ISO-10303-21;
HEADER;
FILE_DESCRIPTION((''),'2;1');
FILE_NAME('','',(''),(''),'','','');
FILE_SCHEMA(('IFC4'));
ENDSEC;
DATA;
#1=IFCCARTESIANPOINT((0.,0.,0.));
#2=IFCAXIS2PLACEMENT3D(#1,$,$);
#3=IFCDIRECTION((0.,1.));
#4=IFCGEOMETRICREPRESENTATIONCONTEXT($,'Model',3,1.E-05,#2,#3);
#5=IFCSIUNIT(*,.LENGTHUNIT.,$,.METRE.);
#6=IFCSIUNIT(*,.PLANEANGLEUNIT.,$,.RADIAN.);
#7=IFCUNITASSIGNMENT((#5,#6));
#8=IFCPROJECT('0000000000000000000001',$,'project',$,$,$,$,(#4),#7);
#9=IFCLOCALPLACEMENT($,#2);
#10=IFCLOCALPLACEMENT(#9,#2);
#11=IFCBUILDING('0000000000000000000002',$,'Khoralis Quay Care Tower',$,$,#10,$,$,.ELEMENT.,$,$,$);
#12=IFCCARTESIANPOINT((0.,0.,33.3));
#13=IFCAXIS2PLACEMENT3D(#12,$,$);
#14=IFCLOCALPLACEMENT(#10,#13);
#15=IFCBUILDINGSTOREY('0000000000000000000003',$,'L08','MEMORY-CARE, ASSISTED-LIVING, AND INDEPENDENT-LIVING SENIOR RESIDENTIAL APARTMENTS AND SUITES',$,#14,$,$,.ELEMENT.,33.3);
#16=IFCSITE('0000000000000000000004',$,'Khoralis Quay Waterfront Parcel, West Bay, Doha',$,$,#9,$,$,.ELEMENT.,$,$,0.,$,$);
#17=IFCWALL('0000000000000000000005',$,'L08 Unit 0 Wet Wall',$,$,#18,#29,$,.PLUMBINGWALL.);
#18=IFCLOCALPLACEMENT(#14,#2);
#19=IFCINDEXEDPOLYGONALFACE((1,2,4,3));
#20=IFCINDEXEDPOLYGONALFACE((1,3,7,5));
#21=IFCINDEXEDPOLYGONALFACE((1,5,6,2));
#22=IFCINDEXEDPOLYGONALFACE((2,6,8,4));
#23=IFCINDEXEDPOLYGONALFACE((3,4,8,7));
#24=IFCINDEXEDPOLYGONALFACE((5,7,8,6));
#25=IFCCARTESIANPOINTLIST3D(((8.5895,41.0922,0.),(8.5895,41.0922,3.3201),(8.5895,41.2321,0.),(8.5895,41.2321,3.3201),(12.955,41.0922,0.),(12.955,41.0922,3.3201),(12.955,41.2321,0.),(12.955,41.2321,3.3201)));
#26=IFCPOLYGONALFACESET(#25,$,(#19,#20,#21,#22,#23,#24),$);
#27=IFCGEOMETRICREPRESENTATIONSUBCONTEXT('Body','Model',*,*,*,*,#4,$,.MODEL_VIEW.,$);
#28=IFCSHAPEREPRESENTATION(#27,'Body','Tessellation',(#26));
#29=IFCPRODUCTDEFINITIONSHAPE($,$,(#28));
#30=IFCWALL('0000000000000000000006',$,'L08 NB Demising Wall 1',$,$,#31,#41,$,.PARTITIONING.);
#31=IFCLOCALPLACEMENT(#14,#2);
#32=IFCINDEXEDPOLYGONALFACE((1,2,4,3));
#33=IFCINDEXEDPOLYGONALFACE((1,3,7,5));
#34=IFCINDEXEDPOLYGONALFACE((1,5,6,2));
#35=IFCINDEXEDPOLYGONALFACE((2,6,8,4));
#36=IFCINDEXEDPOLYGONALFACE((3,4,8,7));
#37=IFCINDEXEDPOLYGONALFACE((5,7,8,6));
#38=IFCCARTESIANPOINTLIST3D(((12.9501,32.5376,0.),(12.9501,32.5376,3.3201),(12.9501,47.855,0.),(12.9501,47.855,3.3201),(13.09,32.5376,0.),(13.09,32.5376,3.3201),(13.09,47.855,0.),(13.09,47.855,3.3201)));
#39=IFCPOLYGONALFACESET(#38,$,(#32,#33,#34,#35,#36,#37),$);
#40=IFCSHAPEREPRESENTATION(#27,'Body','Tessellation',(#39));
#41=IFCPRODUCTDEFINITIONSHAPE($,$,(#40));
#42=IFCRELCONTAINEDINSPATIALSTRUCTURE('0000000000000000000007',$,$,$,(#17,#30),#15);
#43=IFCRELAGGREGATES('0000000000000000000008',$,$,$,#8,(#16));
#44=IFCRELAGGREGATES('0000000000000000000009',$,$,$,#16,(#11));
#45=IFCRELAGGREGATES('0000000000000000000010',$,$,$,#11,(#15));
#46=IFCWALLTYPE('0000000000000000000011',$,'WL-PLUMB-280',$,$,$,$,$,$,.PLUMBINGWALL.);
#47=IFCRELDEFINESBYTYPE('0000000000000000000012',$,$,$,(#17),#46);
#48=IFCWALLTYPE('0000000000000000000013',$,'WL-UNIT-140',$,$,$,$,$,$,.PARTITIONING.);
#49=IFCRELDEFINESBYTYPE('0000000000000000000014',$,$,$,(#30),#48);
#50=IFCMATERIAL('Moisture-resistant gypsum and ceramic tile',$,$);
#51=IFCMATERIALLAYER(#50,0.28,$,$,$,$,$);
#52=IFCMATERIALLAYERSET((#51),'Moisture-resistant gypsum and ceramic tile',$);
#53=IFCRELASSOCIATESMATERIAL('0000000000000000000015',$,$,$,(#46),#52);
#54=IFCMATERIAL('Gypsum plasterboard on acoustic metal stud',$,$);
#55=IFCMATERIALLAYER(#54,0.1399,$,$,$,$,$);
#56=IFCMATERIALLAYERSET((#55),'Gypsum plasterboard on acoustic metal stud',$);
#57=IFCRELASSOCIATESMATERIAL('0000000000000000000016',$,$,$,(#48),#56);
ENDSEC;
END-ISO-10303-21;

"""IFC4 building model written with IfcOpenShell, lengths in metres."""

from ifc_helpers import new_model, si_unit, direction, frame, frame_2d, origin, place, context, subcontext, project, spatial, rectangle, extrude, material, layer, layer_set, type_object, element, save


model = new_model("IFC4")

# Units and contexts
model_context = context("Model", 3, precision=1e-05, world=origin(), true_north=direction((0.0, 1.0)))
body_context = subcontext(model_context, "Body", "Model", "MODEL_VIEW")
ifc_project = project(units=[si_unit("LENGTHUNIT", "METRE"), si_unit("PLANEANGLEUNIT", "RADIAN")], contexts=[model_context])

# Site, building, storey
site_placement = place(None, origin())
site = spatial("IfcSite", under=ifc_project, at=site_placement, Name="Khoralis Quay Waterfront Parcel, West Bay, Doha", CompositionType="ELEMENT", RefElevation=0.0)
building_placement = place(site_placement, origin())
building = spatial("IfcBuilding", under=site, at=building_placement, Name="Khoralis Quay Care Tower", CompositionType="ELEMENT")
storey_placement = place(building_placement, frame((0.0, 0.0, 33.3)))
storey = spatial("IfcBuildingStorey", under=building, at=storey_placement, Name="L08", Description="MEMORY-CARE, ASSISTED-LIVING, AND INDEPENDENT-LIVING SENIOR RESIDENTIAL APARTMENTS AND SUITES", CompositionType="ELEMENT", Elevation=33.3)

# Shared definitions
ifc_material_1 = material(Name="Gypsum plasterboard on acoustic metal stud")

# Walls
ifc_material_2 = material(Name="Moisture-resistant gypsum and ceramic tile")
ifc_layer_1 = layer(ifc_material_2, 0.28)
ifc_layer_set_1 = layer_set([ifc_layer_1], Name="Moisture-resistant gypsum and ceramic tile")
wall_type_1 = type_object("IfcWallType", Name="WL-PLUMB-280", PredefinedType="PLUMBINGWALL", material=ifc_layer_set_1)
wall_1_placement = place(storey_placement, frame((8.5896, 41.1621, 0.0), z_axis=(0.0, 0.0, 1.0), x_axis=(1.0, 0.0, 0.0)))
element("IfcWall", 1, at=wall_1_placement, inside=storey, type_object=wall_type_1, Name="L08 Unit 0 Wet Wall", PredefinedType="PLUMBINGWALL", context=body_context, shape_type="SweptSolid", body=[
    extrude(rectangle(XDim=4.3655, YDim=0.1399, at=frame_2d((2.1826, 0.0))), origin(), (0.0, 0.0, 1.0), 3.3201),
])
ifc_layer_2 = layer(ifc_material_1, 0.1399)
ifc_layer_set_2 = layer_set([ifc_layer_2], Name="Gypsum plasterboard on acoustic metal stud")
wall_type_2 = type_object("IfcWallType", Name="WL-UNIT-140", PredefinedType="PARTITIONING", material=ifc_layer_set_2)
wall_2_placement = place(storey_placement, frame((13.02, 32.5376, 0.0), z_axis=(0.0, 0.0, 1.0), x_axis=(0.0, 1.0, 0.0)))
element("IfcWall", 2, at=wall_2_placement, inside=storey, type_object=wall_type_2, Name="L08 NB Demising Wall 1", PredefinedType="PARTITIONING", context=body_context, shape_type="SweptSolid", body=[
    extrude(rectangle(XDim=15.3174, YDim=0.1399, at=frame_2d((7.6587, 0.0))), origin(), (0.0, 0.0, 1.0), 3.3201),
])

save(model, "model.ifc")
